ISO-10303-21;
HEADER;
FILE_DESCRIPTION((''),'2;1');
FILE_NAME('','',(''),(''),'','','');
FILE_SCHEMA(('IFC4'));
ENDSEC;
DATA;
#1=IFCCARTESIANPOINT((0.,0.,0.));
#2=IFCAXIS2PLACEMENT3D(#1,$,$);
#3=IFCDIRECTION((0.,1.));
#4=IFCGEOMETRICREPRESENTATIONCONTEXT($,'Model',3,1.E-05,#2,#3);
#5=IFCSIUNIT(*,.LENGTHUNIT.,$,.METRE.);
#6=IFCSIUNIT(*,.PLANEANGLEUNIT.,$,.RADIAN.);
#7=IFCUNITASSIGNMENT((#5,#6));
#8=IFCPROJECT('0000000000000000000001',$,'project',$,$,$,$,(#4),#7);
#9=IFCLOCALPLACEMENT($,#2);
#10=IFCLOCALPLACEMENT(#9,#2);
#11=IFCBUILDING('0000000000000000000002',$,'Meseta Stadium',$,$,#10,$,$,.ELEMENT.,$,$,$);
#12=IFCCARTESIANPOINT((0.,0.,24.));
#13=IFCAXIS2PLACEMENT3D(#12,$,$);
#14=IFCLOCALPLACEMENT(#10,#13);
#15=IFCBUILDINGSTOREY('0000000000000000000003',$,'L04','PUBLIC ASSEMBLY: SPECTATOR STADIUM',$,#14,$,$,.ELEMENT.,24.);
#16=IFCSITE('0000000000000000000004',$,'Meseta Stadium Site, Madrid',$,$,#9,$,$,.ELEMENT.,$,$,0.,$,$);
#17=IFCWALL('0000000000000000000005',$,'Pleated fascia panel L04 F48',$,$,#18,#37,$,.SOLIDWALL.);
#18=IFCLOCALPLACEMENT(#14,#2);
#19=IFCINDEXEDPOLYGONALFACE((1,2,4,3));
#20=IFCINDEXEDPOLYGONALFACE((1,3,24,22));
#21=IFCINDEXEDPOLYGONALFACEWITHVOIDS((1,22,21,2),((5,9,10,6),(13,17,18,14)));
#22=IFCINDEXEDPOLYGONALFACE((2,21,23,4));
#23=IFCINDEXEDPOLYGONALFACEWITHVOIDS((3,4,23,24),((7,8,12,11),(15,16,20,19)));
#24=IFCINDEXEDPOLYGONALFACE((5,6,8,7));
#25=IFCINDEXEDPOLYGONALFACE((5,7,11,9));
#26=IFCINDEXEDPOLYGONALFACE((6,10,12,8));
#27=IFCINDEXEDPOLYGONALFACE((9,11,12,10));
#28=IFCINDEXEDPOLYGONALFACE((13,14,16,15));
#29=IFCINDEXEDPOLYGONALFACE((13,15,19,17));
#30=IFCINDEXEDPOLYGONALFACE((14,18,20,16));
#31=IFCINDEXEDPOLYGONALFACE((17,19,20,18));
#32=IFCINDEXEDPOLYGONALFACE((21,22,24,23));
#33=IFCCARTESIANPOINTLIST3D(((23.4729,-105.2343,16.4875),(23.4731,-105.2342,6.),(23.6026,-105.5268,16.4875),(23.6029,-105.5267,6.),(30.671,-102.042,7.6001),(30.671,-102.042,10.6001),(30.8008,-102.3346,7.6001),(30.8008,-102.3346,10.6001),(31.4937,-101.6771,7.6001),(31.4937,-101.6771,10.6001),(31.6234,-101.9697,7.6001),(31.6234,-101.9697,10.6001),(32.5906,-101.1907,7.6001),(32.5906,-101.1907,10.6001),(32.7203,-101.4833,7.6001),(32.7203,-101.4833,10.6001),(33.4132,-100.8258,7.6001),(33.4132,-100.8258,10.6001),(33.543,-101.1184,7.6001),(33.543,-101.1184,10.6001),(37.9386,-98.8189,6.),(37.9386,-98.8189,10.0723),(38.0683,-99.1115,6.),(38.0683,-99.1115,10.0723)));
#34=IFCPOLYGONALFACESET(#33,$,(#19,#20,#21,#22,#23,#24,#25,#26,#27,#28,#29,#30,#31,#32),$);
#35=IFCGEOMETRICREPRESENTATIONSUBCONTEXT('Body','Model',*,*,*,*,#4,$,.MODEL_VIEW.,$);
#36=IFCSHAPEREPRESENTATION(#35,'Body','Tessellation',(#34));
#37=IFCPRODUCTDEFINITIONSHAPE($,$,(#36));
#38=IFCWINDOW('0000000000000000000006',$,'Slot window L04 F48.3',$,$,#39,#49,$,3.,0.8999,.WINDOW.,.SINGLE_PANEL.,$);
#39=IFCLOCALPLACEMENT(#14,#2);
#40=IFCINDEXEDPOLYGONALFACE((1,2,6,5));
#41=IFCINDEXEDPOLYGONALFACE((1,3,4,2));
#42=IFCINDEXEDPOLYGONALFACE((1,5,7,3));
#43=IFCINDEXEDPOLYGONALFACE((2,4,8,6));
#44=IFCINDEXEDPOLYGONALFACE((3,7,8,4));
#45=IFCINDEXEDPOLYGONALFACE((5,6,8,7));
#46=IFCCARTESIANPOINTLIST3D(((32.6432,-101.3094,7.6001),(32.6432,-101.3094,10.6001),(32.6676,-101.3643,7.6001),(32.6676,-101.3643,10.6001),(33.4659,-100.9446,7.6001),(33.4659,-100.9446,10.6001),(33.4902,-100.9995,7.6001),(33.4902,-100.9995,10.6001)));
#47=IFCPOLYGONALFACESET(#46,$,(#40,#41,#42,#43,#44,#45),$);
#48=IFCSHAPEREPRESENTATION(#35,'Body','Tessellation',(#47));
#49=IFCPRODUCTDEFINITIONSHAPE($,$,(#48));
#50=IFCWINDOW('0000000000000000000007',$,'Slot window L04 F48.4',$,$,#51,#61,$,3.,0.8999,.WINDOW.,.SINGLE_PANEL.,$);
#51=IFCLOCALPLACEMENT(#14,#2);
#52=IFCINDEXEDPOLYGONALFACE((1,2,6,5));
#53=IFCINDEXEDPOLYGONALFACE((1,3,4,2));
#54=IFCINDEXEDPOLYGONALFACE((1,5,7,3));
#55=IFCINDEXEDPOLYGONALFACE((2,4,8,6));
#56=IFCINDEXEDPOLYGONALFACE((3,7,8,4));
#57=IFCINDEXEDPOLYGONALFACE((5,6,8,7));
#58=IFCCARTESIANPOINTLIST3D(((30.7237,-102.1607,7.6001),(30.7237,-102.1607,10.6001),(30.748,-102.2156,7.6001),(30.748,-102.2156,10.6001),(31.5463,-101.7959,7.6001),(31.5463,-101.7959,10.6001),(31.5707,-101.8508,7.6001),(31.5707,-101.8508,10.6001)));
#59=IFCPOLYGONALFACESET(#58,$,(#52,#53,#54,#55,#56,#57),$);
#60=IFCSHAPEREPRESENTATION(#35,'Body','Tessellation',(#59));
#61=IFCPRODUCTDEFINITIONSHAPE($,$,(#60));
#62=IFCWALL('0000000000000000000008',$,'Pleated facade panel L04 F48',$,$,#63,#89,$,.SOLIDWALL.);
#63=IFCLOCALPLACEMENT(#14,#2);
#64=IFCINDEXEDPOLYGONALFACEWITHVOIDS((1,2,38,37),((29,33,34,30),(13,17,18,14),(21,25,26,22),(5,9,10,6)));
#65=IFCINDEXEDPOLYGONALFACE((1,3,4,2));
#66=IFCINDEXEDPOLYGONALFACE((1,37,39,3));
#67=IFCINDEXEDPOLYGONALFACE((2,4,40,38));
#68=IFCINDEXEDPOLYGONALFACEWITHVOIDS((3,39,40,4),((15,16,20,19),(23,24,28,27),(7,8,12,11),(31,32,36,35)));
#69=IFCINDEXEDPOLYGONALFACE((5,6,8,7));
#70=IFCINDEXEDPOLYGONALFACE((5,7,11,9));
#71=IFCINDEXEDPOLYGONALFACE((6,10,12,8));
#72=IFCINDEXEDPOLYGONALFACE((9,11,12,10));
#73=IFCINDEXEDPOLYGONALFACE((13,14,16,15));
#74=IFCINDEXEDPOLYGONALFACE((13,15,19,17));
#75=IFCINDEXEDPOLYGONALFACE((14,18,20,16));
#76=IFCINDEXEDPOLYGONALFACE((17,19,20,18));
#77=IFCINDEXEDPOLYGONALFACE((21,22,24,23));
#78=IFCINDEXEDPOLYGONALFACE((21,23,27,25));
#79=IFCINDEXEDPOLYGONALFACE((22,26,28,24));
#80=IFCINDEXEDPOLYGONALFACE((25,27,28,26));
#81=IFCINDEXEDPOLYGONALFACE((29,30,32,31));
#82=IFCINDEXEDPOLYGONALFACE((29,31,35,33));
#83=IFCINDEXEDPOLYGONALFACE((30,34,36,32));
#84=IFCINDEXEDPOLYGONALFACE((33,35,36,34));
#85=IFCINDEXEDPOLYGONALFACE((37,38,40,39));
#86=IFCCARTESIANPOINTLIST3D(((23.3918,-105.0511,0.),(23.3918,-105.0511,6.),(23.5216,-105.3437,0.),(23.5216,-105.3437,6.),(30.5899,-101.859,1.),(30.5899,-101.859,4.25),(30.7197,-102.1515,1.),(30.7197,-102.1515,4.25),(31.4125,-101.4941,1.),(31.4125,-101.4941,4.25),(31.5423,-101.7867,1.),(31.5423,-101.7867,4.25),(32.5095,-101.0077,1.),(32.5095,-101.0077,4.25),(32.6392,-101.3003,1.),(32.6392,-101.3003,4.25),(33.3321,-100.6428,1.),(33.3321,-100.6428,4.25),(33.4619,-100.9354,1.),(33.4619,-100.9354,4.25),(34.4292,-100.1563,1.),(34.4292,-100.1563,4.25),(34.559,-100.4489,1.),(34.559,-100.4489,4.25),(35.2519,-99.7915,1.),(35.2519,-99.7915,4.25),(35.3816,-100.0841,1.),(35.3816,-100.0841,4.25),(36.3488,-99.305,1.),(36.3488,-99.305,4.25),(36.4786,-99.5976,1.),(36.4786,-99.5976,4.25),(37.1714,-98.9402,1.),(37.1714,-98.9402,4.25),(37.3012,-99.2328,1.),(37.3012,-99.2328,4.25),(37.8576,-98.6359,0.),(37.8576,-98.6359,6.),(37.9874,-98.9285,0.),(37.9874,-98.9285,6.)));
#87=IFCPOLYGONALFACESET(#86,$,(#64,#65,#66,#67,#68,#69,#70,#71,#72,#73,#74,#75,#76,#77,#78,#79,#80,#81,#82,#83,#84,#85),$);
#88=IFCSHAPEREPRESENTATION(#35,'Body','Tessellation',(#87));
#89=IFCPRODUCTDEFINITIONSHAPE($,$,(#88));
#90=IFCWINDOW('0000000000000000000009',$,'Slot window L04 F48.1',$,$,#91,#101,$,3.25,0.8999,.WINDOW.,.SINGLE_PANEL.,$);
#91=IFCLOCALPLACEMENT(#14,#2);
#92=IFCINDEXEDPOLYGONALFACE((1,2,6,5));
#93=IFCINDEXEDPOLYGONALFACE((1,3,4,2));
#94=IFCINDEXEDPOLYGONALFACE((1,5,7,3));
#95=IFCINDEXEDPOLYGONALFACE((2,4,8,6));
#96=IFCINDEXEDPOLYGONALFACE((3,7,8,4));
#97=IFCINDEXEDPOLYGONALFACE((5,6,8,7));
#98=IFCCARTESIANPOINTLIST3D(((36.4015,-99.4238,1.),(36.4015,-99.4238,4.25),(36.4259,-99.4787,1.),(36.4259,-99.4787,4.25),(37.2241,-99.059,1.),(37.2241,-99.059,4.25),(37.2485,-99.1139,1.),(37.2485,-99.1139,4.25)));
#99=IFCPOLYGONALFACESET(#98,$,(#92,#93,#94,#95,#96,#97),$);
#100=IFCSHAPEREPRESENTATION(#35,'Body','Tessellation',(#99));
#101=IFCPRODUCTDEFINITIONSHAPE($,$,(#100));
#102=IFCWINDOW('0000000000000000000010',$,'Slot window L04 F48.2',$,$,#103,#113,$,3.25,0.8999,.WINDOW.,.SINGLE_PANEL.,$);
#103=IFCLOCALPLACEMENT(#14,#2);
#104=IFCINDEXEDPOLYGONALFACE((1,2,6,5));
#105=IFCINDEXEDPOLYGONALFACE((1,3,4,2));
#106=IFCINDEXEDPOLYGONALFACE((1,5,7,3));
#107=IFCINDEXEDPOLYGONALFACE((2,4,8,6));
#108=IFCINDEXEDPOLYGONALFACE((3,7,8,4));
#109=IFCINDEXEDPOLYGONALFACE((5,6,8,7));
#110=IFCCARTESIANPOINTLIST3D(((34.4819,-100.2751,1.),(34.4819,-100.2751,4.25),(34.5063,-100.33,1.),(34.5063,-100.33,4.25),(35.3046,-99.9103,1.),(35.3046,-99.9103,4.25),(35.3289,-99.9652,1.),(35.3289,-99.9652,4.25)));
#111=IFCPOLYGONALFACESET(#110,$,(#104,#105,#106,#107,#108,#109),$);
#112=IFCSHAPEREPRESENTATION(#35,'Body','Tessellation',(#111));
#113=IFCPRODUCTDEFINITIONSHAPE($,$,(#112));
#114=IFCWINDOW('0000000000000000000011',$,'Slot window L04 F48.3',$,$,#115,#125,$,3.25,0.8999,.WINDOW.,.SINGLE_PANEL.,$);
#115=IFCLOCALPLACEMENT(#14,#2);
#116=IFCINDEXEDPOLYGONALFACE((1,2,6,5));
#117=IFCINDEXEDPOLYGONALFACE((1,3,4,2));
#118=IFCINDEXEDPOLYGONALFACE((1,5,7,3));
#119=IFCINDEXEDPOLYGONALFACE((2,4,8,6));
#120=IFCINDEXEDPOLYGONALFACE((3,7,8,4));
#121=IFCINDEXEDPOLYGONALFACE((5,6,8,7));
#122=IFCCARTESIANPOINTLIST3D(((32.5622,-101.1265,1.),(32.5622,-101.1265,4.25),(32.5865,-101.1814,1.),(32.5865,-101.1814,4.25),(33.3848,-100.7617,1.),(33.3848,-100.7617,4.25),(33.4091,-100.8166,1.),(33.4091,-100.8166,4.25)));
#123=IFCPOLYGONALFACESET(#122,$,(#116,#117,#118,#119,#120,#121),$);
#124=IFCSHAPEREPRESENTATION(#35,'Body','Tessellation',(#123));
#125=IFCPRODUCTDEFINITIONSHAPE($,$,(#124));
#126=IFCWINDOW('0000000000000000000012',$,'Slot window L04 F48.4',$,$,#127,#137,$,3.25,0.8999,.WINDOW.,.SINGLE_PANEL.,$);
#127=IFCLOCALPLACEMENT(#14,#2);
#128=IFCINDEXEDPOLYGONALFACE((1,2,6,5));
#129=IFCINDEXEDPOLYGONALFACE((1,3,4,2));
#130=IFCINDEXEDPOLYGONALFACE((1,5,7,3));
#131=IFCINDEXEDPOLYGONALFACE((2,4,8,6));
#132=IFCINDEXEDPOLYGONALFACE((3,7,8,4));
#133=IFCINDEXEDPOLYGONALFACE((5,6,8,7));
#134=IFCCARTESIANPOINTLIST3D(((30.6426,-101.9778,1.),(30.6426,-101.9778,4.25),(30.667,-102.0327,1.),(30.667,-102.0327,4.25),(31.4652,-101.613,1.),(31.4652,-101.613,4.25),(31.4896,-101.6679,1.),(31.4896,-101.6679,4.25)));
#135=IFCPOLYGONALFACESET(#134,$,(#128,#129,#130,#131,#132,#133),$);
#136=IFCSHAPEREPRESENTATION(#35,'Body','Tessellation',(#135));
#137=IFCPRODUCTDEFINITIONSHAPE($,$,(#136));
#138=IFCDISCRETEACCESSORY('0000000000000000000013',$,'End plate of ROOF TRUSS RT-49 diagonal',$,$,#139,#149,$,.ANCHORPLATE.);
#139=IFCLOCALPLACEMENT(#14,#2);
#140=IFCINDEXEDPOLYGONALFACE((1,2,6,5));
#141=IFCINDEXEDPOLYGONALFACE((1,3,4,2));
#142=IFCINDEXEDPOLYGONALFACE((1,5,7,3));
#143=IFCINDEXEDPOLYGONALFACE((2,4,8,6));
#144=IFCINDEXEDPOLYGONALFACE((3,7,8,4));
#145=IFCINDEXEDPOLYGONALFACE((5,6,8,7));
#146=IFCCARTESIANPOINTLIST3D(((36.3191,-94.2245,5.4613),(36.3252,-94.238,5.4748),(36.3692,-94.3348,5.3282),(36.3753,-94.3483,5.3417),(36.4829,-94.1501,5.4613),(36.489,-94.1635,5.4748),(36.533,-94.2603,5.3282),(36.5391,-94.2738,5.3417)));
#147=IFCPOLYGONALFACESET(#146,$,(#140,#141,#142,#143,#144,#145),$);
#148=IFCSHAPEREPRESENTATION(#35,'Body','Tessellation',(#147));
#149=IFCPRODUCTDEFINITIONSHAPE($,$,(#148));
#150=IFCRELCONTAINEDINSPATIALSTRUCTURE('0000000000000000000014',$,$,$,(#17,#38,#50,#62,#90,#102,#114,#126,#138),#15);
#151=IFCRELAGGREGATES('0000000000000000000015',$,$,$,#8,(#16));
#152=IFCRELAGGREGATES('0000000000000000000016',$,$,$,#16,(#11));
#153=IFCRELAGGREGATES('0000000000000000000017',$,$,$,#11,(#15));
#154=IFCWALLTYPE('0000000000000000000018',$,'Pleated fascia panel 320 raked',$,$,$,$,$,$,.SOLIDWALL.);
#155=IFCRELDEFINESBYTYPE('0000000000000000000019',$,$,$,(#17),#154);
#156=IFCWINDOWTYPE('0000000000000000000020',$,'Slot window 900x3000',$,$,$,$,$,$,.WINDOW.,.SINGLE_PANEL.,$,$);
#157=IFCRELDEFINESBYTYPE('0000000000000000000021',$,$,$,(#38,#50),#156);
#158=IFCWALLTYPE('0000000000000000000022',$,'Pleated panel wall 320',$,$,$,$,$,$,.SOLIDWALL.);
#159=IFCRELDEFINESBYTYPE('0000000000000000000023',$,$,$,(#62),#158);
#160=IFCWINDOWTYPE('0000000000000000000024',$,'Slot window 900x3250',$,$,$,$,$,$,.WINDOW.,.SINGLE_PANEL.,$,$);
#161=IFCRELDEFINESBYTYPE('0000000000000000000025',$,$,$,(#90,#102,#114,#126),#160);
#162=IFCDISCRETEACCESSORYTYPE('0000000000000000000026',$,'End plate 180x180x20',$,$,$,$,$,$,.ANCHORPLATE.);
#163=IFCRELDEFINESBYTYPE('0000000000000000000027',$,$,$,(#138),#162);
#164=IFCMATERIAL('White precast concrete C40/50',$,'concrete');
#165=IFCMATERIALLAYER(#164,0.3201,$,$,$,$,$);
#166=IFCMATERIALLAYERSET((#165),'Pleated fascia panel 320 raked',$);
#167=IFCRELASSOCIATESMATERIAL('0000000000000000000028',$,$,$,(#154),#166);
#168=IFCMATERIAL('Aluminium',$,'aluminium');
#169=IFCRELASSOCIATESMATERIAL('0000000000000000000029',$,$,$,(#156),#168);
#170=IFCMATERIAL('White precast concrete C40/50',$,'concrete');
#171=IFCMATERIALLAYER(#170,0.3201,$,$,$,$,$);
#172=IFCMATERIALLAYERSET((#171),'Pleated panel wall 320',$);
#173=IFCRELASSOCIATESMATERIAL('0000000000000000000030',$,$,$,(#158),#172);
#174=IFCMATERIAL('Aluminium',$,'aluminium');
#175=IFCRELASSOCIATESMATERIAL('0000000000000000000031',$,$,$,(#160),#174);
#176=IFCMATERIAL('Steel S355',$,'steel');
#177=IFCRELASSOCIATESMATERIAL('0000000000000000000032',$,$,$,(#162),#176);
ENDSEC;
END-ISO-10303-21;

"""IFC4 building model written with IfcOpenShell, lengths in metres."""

from ifc_helpers import new_model, si_unit, direction, frame, frame_2d, origin, origin_2d, place, context, subcontext, project, spatial, polyline, rectangle, outline, extrude, material, layer, layer_set, material_profile, profile_set, type_object, element, fill, save


model = new_model("IFC4")

# Units and contexts
model_context = context("Model", 3, precision=1e-05, world=origin(), true_north=direction((0.0, 1.0)))
body_context = subcontext(model_context, "Body", "Model", "MODEL_VIEW")
ifc_project = project(units=[si_unit("LENGTHUNIT", "METRE"), si_unit("PLANEANGLEUNIT", "RADIAN")], contexts=[model_context])

# Site, building, storey
site_placement = place(None, origin())
site = spatial("IfcSite", under=ifc_project, at=site_placement, Name="Meseta Stadium Site, Madrid", CompositionType="ELEMENT", RefElevation=0.0)
building_placement = place(site_placement, origin())
building = spatial("IfcBuilding", under=site, at=building_placement, Name="Meseta Stadium", CompositionType="ELEMENT")
storey_placement = place(building_placement, frame((0.0, 0.0, 24.0)))
storey = spatial("IfcBuildingStorey", under=building, at=storey_placement, Name="L04", Description="PUBLIC ASSEMBLY: SPECTATOR STADIUM", CompositionType="ELEMENT", Elevation=24.0)

# Walls, openings, windows
ifc_material_1 = material(Name="White precast concrete C40/50", Category="concrete")
ifc_layer_1 = layer(ifc_material_1, 0.3201)
ifc_layer_set_1 = layer_set([ifc_layer_1], Name="Pleated fascia panel 320 raked")
wall_type_1 = type_object("IfcWallType", Name="Pleated fascia panel 320 raked", PredefinedType="SOLIDWALL", material=ifc_layer_set_1)
wall_1_placement = place(storey_placement, frame((38.0034, -98.9651, 6.0), z_axis=(0.0, 0.0, 1.0), x_axis=(-0.914136, -0.405407, 0.0)))
wall_1 = element("IfcWall", 1, at=wall_1_placement, inside=storey, type_object=wall_type_1, Name="Pleated fascia panel L04 F48", PredefinedType="SOLIDWALL", context=body_context, shape_type="SweptSolid", body=[
    extrude(outline(polyline([(0.0, 0.0), (15.8242, 0.0), (15.8245, 10.4875), (0.0, 4.0723), (0.0, 0.0)])), frame((0.0, 0.1602, 0.0), z_axis=(0.0, -1.0, 0.0), x_axis=(1.0, 0.0, 0.0)), (0.0, 0.0, 1.0), 0.3201),
])
opening_1_placement = place(wall_1_placement, frame((4.9504, 0.0, 1.6001)))
opening_1 = element("IfcOpeningElement", 2, at=opening_1_placement, cuts=wall_1, PredefinedType="OPENING", context=body_context, shape_type="SweptSolid", body=[
    extrude(rectangle(XDim=0.8999, YDim=3.0, at=frame_2d((0.45, 1.5))), frame((0.0, 0.1699, 0.0), z_axis=(0.0, -1.0, 0.0), x_axis=(1.0, 0.0, 0.0)), (0.0, 0.0, 1.0), 0.3401),
])
opening_2_placement = place(wall_1_placement, frame((7.0503, 0.0, 1.6001)))
opening_2 = element("IfcOpeningElement", 3, at=opening_2_placement, cuts=wall_1, PredefinedType="OPENING", context=body_context, shape_type="SweptSolid", body=[
    extrude(rectangle(XDim=0.8999, YDim=3.0, at=frame_2d((0.45, 1.5))), frame((0.0, 0.1699, 0.0), z_axis=(0.0, -1.0, 0.0), x_axis=(1.0, 0.0, 0.0)), (0.0, 0.0, 1.0), 0.3401),
])
ifc_material_2 = material(Name="Aluminium", Category="aluminium")
window_type_1 = type_object("IfcWindowType", Name="Slot window 900x3000", PartitioningType="SINGLE_PANEL", PredefinedType="WINDOW", material=ifc_material_2)
window_1_placement = place(opening_1_placement, origin())
window_1 = element("IfcWindow", 4, at=window_1_placement, inside=storey, type_object=window_type_1, Name="Slot window L04 F48.3", OverallHeight=3.0, OverallWidth=0.8999, PartitioningType="SINGLE_PANEL", PredefinedType="WINDOW", context=body_context, shape_type="SweptSolid", body=[
    extrude(rectangle(XDim=0.8999, YDim=3.0, at=frame_2d((0.45, 1.5))), frame((0.0, 0.03, 0.0), z_axis=(0.0, -1.0, 0.0), x_axis=(1.0, 0.0, 0.0)), (0.0, 0.0, 1.0), 0.0601),
])
fill(opening_1, window_1)
window_2_placement = place(opening_2_placement, origin())
window_2 = element("IfcWindow", 5, at=window_2_placement, inside=storey, type_object=window_type_1, Name="Slot window L04 F48.4", OverallHeight=3.0, OverallWidth=0.8999, PartitioningType="SINGLE_PANEL", PredefinedType="WINDOW", context=body_context, shape_type="SweptSolid", body=[
    extrude(rectangle(XDim=0.8999, YDim=3.0, at=frame_2d((0.45, 1.5))), frame((0.0, 0.03, 0.0), z_axis=(0.0, -1.0, 0.0), x_axis=(1.0, 0.0, 0.0)), (0.0, 0.0, 1.0), 0.0601),
])
fill(opening_2, window_2)
ifc_material_3 = material(Name="White precast concrete C40/50", Category="concrete")
ifc_layer_2 = layer(ifc_material_3, 0.3201)
ifc_layer_set_2 = layer_set([ifc_layer_2], Name="Pleated panel wall 320")
wall_type_2 = type_object("IfcWallType", Name="Pleated panel wall 320", PredefinedType="SOLIDWALL", material=ifc_layer_set_2)
wall_2_placement = place(storey_placement, frame((37.9224, -98.7822, 0.0), z_axis=(0.0, 0.0, 1.0), x_axis=(-0.914139, -0.405401, 0.0)))
wall_2 = element("IfcWall", 6, at=wall_2_placement, inside=storey, type_object=wall_type_2, Name="Pleated facade panel L04 F48", PredefinedType="SOLIDWALL", context=body_context, shape_type="SweptSolid", body=[
    extrude(rectangle(XDim=15.8245, YDim=0.3201, at=frame_2d((7.9121, 0.0))), origin(), (0.0, 0.0, 1.0), 6.0),
])
opening_3_placement = place(wall_2_placement, frame((0.7505, 0.0, 1.0)))
opening_3 = element("IfcOpeningElement", 7, at=opening_3_placement, cuts=wall_2, PredefinedType="OPENING", context=body_context, shape_type="SweptSolid", body=[
    extrude(rectangle(XDim=0.8999, YDim=3.25, at=frame_2d((0.45, 1.625))), frame((0.0, 0.1699, 0.0), z_axis=(0.0, -1.0, 0.0), x_axis=(1.0, 0.0, 0.0)), (0.0, 0.0, 1.0), 0.3401),
])
opening_4_placement = place(wall_2_placement, frame((2.8503, 0.0, 1.0)))
opening_4 = element("IfcOpeningElement", 8, at=opening_4_placement, cuts=wall_2, PredefinedType="OPENING", context=body_context, shape_type="SweptSolid", body=[
    extrude(rectangle(XDim=0.8999, YDim=3.25, at=frame_2d((0.45, 1.625))), frame((0.0, 0.1699, 0.0), z_axis=(0.0, -1.0, 0.0), x_axis=(1.0, 0.0, 0.0)), (0.0, 0.0, 1.0), 0.3401),
])
opening_5_placement = place(wall_2_placement, frame((4.9504, 0.0, 1.0)))
opening_5 = element("IfcOpeningElement", 9, at=opening_5_placement, cuts=wall_2, PredefinedType="OPENING", context=body_context, shape_type="SweptSolid", body=[
    extrude(rectangle(XDim=0.8999, YDim=3.25, at=frame_2d((0.45, 1.625))), frame((0.0, 0.1699, 0.0), z_axis=(0.0, -1.0, 0.0), x_axis=(1.0, 0.0, 0.0)), (0.0, 0.0, 1.0), 0.3401),
])
opening_6_placement = place(wall_2_placement, frame((7.0503, 0.0, 1.0)))
opening_6 = element("IfcOpeningElement", 10, at=opening_6_placement, cuts=wall_2, PredefinedType="OPENING", context=body_context, shape_type="SweptSolid", body=[
    extrude(rectangle(XDim=0.8999, YDim=3.25, at=frame_2d((0.45, 1.625))), frame((0.0, 0.1699, 0.0), z_axis=(0.0, -1.0, 0.0), x_axis=(1.0, 0.0, 0.0)), (0.0, 0.0, 1.0), 0.3401),
])
ifc_material_4 = material(Name="Aluminium", Category="aluminium")
window_type_2 = type_object("IfcWindowType", Name="Slot window 900x3250", PartitioningType="SINGLE_PANEL", PredefinedType="WINDOW", material=ifc_material_4)
window_3_placement = place(opening_3_placement, origin())
window_3 = element("IfcWindow", 11, at=window_3_placement, inside=storey, type_object=window_type_2, Name="Slot window L04 F48.1", OverallHeight=3.25, OverallWidth=0.8999, PartitioningType="SINGLE_PANEL", PredefinedType="WINDOW", context=body_context, shape_type="SweptSolid", body=[
    extrude(rectangle(XDim=0.8999, YDim=3.25, at=frame_2d((0.45, 1.625))), frame((0.0, 0.03, 0.0), z_axis=(0.0, -1.0, 0.0), x_axis=(1.0, 0.0, 0.0)), (0.0, 0.0, 1.0), 0.0601),
])
fill(opening_3, window_3)
window_4_placement = place(opening_4_placement, origin())
window_4 = element("IfcWindow", 12, at=window_4_placement, inside=storey, type_object=window_type_2, Name="Slot window L04 F48.2", OverallHeight=3.25, OverallWidth=0.8999, PartitioningType="SINGLE_PANEL", PredefinedType="WINDOW", context=body_context, shape_type="SweptSolid", body=[
    extrude(rectangle(XDim=0.8999, YDim=3.25, at=frame_2d((0.45, 1.625))), frame((0.0, 0.03, 0.0), z_axis=(0.0, -1.0, 0.0), x_axis=(1.0, 0.0, 0.0)), (0.0, 0.0, 1.0), 0.0601),
])
fill(opening_4, window_4)
window_5_placement = place(opening_5_placement, origin())
window_5 = element("IfcWindow", 13, at=window_5_placement, inside=storey, type_object=window_type_2, Name="Slot window L04 F48.3", OverallHeight=3.25, OverallWidth=0.8999, PartitioningType="SINGLE_PANEL", PredefinedType="WINDOW", context=body_context, shape_type="SweptSolid", body=[
    extrude(rectangle(XDim=0.8999, YDim=3.25, at=frame_2d((0.45, 1.625))), frame((0.0, 0.03, 0.0), z_axis=(0.0, -1.0, 0.0), x_axis=(1.0, 0.0, 0.0)), (0.0, 0.0, 1.0), 0.0601),
])
fill(opening_5, window_5)
window_6_placement = place(opening_6_placement, origin())
window_6 = element("IfcWindow", 14, at=window_6_placement, inside=storey, type_object=window_type_2, Name="Slot window L04 F48.4", OverallHeight=3.25, OverallWidth=0.8999, PartitioningType="SINGLE_PANEL", PredefinedType="WINDOW", context=body_context, shape_type="SweptSolid", body=[
    extrude(rectangle(XDim=0.8999, YDim=3.25, at=frame_2d((0.45, 1.625))), frame((0.0, 0.03, 0.0), z_axis=(0.0, -1.0, 0.0), x_axis=(1.0, 0.0, 0.0)), (0.0, 0.0, 1.0), 0.0601),
])
fill(opening_6, window_6)

# Discrete accessory
ifc_material_5 = material(Name="Steel S355", Category="steel")
ifc_material_profile_1 = material_profile(ifc_material_5, rectangle(XDim=0.1799, YDim=0.1799, at=origin_2d()), Name="PL 180x180")
ifc_profile_set_1 = profile_set([ifc_material_profile_1], Name="Steel S355")
discrete_accessory_type_1 = type_object("IfcDiscreteAccessoryType", Name="End plate 180x180x20", PredefinedType="ANCHORPLATE", material=ifc_profile_set_1)
discrete_accessory_1_placement = place(storey_placement, frame((36.426, -94.2424, 5.3948), z_axis=(0.305995, -0.673189, 0.673189), x_axis=(0.910366, 0.413803, 0.0)))
element("IfcDiscreteAccessory", 15, at=discrete_accessory_1_placement, inside=storey, type_object=discrete_accessory_type_1, Name="End plate of ROOF TRUSS RT-49 diagonal", PredefinedType="ANCHORPLATE", context=body_context, shape_type="SweptSolid", body=[
    extrude(rectangle(XDim=0.1799, YDim=0.1799, at=origin_2d()), origin(), (0.0, 0.0, 1.0), 0.02),
])

save(model, "model.ifc")
